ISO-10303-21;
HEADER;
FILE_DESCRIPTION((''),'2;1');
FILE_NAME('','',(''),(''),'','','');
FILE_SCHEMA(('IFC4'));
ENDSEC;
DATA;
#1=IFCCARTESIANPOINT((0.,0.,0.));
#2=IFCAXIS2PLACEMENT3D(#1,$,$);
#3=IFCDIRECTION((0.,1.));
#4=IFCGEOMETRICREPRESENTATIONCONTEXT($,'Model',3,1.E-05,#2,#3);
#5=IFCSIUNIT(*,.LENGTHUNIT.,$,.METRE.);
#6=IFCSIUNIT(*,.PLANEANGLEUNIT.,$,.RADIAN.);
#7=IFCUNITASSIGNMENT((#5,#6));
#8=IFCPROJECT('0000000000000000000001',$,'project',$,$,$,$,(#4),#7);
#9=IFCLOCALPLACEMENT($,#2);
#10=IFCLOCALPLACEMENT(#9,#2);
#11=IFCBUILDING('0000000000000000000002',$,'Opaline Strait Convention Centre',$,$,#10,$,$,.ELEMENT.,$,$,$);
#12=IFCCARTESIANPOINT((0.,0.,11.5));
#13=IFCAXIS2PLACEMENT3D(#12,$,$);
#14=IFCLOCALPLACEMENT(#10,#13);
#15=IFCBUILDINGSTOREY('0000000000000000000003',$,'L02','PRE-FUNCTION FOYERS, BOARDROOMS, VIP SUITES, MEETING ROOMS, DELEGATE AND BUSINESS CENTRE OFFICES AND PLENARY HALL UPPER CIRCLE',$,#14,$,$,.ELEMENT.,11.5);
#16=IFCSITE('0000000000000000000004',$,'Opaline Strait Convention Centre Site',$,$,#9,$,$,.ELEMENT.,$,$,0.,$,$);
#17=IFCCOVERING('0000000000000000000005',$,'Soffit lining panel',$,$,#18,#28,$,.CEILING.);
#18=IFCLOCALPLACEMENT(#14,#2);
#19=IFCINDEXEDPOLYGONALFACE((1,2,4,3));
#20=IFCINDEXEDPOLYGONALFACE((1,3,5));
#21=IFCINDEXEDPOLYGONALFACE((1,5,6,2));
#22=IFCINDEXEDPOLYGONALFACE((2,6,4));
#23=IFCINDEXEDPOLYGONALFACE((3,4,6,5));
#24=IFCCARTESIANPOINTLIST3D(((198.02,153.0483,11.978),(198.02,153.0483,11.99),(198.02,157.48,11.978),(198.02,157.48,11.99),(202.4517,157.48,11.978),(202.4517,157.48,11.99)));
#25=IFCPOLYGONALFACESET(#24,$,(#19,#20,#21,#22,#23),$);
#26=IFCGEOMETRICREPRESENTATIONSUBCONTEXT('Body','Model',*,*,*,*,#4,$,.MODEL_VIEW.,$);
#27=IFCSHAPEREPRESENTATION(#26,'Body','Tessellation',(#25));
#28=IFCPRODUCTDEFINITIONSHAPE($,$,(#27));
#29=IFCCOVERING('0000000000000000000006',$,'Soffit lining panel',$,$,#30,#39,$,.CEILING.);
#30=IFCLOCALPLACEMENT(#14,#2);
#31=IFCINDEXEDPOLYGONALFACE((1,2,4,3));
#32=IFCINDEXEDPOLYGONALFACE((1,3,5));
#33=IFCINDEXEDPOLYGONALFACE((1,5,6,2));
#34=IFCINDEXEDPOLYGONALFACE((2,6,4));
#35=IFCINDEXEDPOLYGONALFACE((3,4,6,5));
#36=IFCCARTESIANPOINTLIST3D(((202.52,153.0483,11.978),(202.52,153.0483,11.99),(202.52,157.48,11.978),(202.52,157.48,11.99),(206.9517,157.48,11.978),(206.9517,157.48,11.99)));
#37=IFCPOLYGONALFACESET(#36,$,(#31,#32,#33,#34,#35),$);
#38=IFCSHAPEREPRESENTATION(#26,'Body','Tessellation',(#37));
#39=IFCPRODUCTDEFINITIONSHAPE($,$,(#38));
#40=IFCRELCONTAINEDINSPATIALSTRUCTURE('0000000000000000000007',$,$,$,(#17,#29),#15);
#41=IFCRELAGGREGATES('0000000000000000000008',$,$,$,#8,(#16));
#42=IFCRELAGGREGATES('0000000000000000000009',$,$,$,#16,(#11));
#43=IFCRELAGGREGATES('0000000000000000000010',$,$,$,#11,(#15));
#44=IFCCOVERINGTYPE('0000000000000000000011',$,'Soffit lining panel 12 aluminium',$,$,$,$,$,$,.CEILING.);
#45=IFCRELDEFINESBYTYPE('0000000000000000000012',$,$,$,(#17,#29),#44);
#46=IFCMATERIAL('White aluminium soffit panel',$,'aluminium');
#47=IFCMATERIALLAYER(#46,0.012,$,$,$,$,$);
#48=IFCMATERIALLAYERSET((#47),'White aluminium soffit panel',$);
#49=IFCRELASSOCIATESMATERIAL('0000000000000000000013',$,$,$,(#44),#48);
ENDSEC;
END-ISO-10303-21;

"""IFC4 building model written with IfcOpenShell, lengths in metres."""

from ifc_helpers import new_model, si_unit, direction, frame, origin, place, context, subcontext, project, spatial, polyline, outline, extrude, material, layer, layer_set, type_object, element, save


model = new_model("IFC4")

# Units and contexts
model_context = context("Model", 3, precision=1e-05, world=origin(), true_north=direction((0.0, 1.0)))
body_context = subcontext(model_context, "Body", "Model", "MODEL_VIEW")
ifc_project = project(units=[si_unit("LENGTHUNIT", "METRE"), si_unit("PLANEANGLEUNIT", "RADIAN")], contexts=[model_context])

# Site, building, storey
site_placement = place(None, origin())
site = spatial("IfcSite", under=ifc_project, at=site_placement, Name="Opaline Strait Convention Centre Site", CompositionType="ELEMENT", RefElevation=0.0)
building_placement = place(site_placement, origin())
building = spatial("IfcBuilding", under=site, at=building_placement, Name="Opaline Strait Convention Centre", CompositionType="ELEMENT")
storey_placement = place(building_placement, frame((0.0, 0.0, 11.5)))
storey = spatial("IfcBuildingStorey", under=building, at=storey_placement, Name="L02", Description="PRE-FUNCTION FOYERS, BOARDROOMS, VIP SUITES, MEETING ROOMS, DELEGATE AND BUSINESS CENTRE OFFICES AND PLENARY HALL UPPER CIRCLE", CompositionType="ELEMENT", Elevation=11.5)

# Coverings
ifc_material_1 = material(Name="White aluminium soffit panel", Category="aluminium")
ifc_layer = layer(ifc_material_1, 0.012)
ifc_layer_set = layer_set([ifc_layer], Name="White aluminium soffit panel")
covering_type = type_object("IfcCoveringType", Name="Soffit lining panel 12 aluminium", PredefinedType="CEILING", material=ifc_layer_set)
for number, where, z_axis, x_axis, name in (
    (1, (198.02, 153.0483, 11.99), (0.0, 0.0, 1.0), (0.0, 1.0, 0.0), "Soffit lining panel"),
    (2, (202.52, 153.0483, 11.99), (0.0, 0.0, 1.0), (0.0, 1.0, 0.0), "Soffit lining panel"),
):
    element("IfcCovering", number, at=place(storey_placement, frame(where, z_axis=z_axis, x_axis=x_axis)), inside=storey, type_object=covering_type, Name=name, PredefinedType="CEILING", context=body_context, shape_type="SweptSolid", body=[
        extrude(outline(polyline([(0.0, 0.0), (4.4316, 0.0), (4.4316, -4.4316), (0.0, 0.0)])), origin(), (0.0, 0.0, -1.0), 0.012),
    ])

save(model, "model.ifc")
